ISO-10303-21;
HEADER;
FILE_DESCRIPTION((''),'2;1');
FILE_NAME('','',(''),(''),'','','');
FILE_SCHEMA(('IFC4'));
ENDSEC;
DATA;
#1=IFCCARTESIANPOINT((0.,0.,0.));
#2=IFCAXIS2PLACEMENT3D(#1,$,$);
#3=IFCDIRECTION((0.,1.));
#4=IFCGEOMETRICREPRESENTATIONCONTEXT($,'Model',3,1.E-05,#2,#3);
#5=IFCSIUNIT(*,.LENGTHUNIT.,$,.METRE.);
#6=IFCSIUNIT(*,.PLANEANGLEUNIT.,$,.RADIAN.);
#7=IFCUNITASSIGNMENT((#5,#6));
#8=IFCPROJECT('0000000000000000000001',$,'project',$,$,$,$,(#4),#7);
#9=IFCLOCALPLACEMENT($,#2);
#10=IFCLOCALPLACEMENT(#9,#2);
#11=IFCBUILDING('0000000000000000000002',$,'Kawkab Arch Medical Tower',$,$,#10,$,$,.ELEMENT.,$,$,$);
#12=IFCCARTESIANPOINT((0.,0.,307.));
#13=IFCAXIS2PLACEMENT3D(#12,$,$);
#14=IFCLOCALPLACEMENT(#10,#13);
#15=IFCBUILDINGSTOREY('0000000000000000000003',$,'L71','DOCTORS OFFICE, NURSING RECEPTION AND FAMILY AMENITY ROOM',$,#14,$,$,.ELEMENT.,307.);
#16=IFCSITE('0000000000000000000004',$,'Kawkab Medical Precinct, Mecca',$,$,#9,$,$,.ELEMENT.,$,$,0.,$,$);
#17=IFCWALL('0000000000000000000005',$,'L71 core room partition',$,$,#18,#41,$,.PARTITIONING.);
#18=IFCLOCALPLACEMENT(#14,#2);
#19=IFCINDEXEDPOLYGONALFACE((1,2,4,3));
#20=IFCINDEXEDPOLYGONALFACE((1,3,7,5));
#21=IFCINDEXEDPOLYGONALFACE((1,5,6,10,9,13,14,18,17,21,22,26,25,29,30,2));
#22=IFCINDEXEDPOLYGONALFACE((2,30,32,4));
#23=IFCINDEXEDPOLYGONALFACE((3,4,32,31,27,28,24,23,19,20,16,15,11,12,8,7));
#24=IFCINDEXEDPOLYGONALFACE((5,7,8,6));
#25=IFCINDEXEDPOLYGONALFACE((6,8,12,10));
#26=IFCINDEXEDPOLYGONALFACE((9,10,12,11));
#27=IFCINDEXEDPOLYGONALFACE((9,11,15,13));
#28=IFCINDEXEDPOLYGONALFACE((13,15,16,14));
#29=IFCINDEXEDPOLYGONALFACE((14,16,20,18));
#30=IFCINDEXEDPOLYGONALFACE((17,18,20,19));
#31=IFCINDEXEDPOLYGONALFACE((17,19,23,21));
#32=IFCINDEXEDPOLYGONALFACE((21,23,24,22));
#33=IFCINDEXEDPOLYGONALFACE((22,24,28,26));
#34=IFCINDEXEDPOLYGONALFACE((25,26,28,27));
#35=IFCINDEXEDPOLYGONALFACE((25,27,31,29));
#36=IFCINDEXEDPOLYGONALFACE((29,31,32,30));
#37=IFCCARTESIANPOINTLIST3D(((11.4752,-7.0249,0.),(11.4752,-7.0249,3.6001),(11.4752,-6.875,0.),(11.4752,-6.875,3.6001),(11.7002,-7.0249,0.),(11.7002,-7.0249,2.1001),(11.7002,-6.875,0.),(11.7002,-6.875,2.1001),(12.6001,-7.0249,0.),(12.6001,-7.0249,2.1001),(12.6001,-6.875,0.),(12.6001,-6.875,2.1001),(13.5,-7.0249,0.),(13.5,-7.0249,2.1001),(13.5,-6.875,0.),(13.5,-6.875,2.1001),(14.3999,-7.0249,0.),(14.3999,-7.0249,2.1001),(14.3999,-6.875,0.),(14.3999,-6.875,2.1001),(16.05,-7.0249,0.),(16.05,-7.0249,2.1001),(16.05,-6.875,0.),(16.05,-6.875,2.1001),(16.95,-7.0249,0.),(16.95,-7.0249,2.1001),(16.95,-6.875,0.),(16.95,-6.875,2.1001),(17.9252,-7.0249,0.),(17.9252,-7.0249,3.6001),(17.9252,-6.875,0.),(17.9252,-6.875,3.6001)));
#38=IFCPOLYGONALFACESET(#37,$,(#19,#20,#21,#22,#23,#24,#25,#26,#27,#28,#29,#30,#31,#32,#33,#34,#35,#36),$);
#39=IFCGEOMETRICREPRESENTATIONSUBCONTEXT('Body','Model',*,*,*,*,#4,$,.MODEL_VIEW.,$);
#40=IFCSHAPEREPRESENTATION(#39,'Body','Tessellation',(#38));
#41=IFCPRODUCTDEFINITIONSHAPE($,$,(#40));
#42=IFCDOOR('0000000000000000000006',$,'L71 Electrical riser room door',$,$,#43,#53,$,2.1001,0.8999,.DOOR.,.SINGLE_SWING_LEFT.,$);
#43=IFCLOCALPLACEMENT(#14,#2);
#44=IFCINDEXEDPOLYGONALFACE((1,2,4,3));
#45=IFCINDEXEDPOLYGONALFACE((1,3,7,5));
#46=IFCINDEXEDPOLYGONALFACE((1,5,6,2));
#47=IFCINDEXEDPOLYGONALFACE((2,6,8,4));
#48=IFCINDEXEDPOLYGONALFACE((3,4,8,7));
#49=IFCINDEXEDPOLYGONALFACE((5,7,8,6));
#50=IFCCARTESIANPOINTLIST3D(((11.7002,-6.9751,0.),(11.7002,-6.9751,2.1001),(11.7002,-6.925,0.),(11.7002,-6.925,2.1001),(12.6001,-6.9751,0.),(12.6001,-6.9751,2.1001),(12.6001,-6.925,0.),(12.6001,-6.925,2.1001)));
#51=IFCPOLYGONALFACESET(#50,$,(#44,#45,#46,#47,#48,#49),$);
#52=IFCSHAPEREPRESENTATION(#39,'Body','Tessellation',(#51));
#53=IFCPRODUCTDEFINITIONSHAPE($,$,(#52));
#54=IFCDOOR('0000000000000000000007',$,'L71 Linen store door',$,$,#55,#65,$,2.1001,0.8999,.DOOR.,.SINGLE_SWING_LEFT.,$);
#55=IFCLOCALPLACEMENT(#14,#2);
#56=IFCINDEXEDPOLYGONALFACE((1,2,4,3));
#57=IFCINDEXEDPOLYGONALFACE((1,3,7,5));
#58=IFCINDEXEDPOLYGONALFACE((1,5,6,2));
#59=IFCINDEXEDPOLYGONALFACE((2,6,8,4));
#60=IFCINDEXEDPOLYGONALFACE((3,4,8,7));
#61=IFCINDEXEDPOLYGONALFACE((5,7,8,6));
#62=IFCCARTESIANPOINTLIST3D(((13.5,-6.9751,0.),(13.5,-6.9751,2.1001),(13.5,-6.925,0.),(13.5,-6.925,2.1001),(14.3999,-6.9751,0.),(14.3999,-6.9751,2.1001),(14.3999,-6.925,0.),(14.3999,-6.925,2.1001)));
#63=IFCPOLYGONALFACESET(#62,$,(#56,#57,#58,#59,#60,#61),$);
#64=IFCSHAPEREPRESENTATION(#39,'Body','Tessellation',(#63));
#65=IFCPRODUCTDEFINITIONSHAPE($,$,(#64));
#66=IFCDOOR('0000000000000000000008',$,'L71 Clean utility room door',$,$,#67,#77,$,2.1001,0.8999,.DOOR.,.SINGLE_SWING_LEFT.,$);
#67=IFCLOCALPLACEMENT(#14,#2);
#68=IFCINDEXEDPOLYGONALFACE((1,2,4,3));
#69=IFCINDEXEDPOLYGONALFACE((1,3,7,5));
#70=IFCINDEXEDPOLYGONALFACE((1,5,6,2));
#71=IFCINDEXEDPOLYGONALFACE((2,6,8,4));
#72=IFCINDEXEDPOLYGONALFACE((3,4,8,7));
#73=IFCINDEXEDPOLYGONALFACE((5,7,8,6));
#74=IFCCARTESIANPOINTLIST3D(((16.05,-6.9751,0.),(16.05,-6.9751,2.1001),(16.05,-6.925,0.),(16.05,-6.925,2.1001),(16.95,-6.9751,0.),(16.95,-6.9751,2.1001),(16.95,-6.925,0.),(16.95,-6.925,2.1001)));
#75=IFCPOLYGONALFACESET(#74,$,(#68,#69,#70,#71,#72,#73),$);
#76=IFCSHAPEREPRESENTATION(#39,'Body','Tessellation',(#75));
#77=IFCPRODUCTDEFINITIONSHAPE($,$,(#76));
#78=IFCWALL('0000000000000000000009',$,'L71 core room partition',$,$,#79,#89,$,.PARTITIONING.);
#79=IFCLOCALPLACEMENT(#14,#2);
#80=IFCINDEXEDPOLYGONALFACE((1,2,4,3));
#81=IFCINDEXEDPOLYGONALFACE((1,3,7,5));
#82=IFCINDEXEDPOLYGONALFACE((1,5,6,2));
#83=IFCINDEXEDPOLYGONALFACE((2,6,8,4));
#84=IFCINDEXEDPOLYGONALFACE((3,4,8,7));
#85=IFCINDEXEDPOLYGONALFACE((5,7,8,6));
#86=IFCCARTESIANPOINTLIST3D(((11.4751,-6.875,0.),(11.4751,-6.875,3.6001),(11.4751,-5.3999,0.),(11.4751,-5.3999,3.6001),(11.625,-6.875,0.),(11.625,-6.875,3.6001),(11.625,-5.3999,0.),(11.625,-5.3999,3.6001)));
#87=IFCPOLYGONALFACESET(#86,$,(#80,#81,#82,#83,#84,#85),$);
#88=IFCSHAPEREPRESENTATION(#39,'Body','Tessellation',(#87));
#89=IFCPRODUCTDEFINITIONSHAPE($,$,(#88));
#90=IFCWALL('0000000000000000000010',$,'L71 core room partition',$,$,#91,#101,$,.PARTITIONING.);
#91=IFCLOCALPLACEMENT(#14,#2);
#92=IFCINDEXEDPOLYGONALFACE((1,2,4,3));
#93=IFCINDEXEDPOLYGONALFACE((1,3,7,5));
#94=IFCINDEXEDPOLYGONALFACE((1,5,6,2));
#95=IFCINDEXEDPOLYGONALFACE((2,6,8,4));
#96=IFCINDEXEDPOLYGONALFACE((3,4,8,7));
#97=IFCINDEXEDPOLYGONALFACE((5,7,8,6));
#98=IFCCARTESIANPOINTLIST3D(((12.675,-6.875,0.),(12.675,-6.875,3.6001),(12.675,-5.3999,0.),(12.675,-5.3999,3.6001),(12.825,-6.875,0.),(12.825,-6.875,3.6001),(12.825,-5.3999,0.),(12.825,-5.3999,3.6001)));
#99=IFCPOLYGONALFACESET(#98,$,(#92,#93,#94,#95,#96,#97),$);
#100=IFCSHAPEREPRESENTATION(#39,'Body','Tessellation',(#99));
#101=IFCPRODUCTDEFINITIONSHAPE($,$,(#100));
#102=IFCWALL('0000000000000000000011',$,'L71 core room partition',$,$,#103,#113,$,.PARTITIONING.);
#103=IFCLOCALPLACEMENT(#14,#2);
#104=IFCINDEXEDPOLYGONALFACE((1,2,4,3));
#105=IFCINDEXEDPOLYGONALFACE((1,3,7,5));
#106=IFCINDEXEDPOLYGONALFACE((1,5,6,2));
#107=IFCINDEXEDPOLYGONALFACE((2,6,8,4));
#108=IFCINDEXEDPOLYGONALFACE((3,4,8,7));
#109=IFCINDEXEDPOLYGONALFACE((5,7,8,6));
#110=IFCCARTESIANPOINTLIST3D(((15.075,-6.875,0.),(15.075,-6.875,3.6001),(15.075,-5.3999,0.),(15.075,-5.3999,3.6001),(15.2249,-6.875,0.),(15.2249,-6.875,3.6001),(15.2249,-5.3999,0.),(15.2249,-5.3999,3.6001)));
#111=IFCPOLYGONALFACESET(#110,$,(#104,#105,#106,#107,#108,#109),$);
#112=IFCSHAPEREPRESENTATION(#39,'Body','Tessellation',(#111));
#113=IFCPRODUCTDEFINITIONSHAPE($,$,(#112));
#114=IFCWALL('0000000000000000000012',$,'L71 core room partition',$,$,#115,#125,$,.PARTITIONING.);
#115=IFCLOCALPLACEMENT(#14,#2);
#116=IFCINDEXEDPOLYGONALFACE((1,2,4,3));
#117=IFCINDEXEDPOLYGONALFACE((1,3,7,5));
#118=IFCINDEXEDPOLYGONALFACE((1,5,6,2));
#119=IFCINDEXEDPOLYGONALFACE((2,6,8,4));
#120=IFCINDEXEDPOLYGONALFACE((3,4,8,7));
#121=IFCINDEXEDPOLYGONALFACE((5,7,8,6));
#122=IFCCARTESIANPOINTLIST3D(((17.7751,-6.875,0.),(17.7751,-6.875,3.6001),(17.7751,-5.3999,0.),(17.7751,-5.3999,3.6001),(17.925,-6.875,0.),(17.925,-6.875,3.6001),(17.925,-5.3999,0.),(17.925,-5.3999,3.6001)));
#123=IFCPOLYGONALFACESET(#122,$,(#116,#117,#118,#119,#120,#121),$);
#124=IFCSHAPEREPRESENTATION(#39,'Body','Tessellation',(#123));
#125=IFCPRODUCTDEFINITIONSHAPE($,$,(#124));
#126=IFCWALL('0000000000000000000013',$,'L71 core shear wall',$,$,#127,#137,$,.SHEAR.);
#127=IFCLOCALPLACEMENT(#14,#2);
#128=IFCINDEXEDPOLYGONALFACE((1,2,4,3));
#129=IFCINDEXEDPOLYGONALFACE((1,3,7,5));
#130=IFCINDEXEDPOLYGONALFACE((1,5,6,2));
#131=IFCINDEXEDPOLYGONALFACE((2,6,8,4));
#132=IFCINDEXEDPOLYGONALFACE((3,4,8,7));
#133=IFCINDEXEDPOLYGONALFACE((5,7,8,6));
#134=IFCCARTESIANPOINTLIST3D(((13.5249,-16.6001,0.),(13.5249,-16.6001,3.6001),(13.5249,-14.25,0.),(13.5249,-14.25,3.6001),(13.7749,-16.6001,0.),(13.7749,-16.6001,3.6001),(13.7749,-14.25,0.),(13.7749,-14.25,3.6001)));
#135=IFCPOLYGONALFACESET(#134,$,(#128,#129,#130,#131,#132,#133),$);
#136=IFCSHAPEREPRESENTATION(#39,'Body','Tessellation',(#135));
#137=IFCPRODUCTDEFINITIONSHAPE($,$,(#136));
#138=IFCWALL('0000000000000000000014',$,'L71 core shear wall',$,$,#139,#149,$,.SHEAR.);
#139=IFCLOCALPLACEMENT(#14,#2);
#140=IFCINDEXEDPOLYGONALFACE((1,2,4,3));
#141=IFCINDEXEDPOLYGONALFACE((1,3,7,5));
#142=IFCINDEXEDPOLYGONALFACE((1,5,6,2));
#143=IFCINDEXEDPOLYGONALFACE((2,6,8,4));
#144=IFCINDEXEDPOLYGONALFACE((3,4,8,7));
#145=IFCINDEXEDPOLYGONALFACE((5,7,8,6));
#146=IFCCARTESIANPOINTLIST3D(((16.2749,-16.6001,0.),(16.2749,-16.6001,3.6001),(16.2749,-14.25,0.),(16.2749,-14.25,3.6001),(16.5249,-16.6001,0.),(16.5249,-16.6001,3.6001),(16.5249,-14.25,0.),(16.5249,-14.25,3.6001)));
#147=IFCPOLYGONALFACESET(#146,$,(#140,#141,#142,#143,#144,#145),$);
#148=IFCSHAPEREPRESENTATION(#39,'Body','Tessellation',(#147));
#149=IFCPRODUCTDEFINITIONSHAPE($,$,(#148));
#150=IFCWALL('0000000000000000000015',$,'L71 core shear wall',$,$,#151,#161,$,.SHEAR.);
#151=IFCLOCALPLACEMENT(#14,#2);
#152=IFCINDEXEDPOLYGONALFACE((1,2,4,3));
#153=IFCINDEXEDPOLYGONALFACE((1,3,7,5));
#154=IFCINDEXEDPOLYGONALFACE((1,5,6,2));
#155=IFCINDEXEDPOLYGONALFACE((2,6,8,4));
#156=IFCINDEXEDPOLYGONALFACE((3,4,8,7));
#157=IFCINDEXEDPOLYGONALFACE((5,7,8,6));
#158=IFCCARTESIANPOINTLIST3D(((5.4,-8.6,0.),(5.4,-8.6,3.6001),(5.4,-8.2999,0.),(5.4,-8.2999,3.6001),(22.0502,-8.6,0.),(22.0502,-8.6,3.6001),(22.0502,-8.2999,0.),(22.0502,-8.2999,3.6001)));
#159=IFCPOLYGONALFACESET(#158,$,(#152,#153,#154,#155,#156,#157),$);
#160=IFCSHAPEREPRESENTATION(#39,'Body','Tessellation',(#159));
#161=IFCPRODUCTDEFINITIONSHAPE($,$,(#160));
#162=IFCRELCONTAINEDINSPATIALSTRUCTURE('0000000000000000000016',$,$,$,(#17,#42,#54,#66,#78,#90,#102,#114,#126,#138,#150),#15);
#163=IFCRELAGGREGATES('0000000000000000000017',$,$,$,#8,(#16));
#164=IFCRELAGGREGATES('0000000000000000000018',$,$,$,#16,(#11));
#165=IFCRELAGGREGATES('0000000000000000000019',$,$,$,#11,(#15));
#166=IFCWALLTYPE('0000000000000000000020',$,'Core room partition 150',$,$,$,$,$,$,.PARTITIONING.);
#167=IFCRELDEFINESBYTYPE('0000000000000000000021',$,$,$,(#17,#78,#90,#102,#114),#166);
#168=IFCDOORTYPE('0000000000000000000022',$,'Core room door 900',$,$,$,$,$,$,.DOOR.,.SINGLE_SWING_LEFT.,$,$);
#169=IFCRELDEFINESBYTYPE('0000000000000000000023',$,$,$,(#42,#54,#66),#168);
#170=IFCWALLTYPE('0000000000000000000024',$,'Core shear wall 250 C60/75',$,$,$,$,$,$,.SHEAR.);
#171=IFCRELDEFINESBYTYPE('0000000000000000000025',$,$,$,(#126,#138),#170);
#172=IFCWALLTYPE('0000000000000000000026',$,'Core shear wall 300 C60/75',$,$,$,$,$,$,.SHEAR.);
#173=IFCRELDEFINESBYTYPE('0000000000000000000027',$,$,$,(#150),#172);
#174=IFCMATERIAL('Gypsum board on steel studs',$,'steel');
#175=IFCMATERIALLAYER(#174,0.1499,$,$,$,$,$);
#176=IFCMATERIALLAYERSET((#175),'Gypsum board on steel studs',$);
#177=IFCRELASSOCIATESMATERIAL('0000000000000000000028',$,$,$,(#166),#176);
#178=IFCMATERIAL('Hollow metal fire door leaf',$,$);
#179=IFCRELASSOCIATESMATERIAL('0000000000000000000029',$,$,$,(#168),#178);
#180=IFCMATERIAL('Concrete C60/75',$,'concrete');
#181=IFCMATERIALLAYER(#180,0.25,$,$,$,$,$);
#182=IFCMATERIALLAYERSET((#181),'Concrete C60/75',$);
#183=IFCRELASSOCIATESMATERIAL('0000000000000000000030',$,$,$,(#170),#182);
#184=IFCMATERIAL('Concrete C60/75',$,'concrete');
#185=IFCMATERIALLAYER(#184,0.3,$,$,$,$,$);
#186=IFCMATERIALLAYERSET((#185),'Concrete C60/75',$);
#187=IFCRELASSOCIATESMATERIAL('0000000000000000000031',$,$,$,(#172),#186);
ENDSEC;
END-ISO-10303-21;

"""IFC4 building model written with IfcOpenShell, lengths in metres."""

from ifc_helpers import new_model, si_unit, direction, frame, frame_2d, origin, place, context, subcontext, project, spatial, rectangle, extrude, material, layer, layer_set, type_object, element, fill, save


model = new_model("IFC4")

# Units and contexts
model_context = context("Model", 3, precision=1e-05, world=origin(), true_north=direction((0.0, 1.0)))
body_context = subcontext(model_context, "Body", "Model", "MODEL_VIEW")
ifc_project = project(units=[si_unit("LENGTHUNIT", "METRE"), si_unit("PLANEANGLEUNIT", "RADIAN")], contexts=[model_context])

# Site, building, storey
site_placement = place(None, origin())
site = spatial("IfcSite", under=ifc_project, at=site_placement, Name="Kawkab Medical Precinct, Mecca", CompositionType="ELEMENT", RefElevation=0.0)
building_placement = place(site_placement, origin())
building = spatial("IfcBuilding", under=site, at=building_placement, Name="Kawkab Arch Medical Tower", CompositionType="ELEMENT")
storey_placement = place(building_placement, frame((0.0, 0.0, 307.0)))
storey = spatial("IfcBuildingStorey", under=building, at=storey_placement, Name="L71", Description="DOCTORS OFFICE, NURSING RECEPTION AND FAMILY AMENITY ROOM", CompositionType="ELEMENT", Elevation=307.0)

# Wall, openings, doors
ifc_material_1 = material(Name="Gypsum board on steel studs", Category="steel")
ifc_layer_1 = layer(ifc_material_1, 0.1499)
ifc_layer_set_1 = layer_set([ifc_layer_1], Name="Gypsum board on steel studs")
wall_type_1 = type_object("IfcWallType", Name="Core room partition 150", PredefinedType="PARTITIONING", material=ifc_layer_set_1)
wall_1_placement = place(storey_placement, frame((11.4751, -6.95, 0.0), z_axis=(0.0, 0.0, 1.0), x_axis=(1.0, 0.0, 0.0)))
wall_1 = element("IfcWall", 1, at=wall_1_placement, inside=storey, type_object=wall_type_1, Name="L71 core room partition", PredefinedType="PARTITIONING", context=body_context, shape_type="SweptSolid", body=[
    extrude(rectangle(XDim=6.45, YDim=0.1499, at=frame_2d((3.2251, 0.0))), origin(), (0.0, 0.0, 1.0), 3.6001),
])
opening_1_placement = place(wall_1_placement, frame((0.2251, 0.0, 0.0)))
opening_1 = element("IfcOpeningElement", 2, at=opening_1_placement, cuts=wall_1, PredefinedType="OPENING", context=body_context, shape_type="SweptSolid", body=[
    extrude(rectangle(XDim=0.8999, YDim=2.1001, at=frame_2d((0.45, 1.05))), frame((0.0, 0.085, 0.0), z_axis=(0.0, -1.0, 0.0), x_axis=(1.0, 0.0, 0.0)), (0.0, 0.0, 1.0), 0.1699),
])
opening_2_placement = place(wall_1_placement, frame((2.0249, 0.0, 0.0)))
opening_2 = element("IfcOpeningElement", 3, at=opening_2_placement, cuts=wall_1, PredefinedType="OPENING", context=body_context, shape_type="SweptSolid", body=[
    extrude(rectangle(XDim=0.8999, YDim=2.1001, at=frame_2d((0.45, 1.05))), frame((0.0, 0.085, 0.0), z_axis=(0.0, -1.0, 0.0), x_axis=(1.0, 0.0, 0.0)), (0.0, 0.0, 1.0), 0.1699),
])
opening_3_placement = place(wall_1_placement, frame((4.575, 0.0, 0.0)))
opening_3 = element("IfcOpeningElement", 4, at=opening_3_placement, cuts=wall_1, PredefinedType="OPENING", context=body_context, shape_type="SweptSolid", body=[
    extrude(rectangle(XDim=0.8999, YDim=2.1001, at=frame_2d((0.45, 1.05))), frame((0.0, 0.085, 0.0), z_axis=(0.0, -1.0, 0.0), x_axis=(1.0, 0.0, 0.0)), (0.0, 0.0, 1.0), 0.1699),
])
ifc_material_2 = material(Name="Hollow metal fire door leaf")
door_type = type_object("IfcDoorType", Name="Core room door 900", OperationType="SINGLE_SWING_LEFT", PredefinedType="DOOR", material=ifc_material_2)
door_1_placement = place(opening_1_placement, origin())
door_1 = element("IfcDoor", 5, at=door_1_placement, inside=storey, type_object=door_type, Name="L71 Electrical riser room door", OperationType="SINGLE_SWING_LEFT", OverallHeight=2.1001, OverallWidth=0.8999, PredefinedType="DOOR", context=body_context, shape_type="SweptSolid", body=[
    extrude(rectangle(XDim=0.8999, YDim=2.1001, at=frame_2d((0.45, 1.05))), frame((0.0, 0.0249, 0.0), z_axis=(0.0, -1.0, 0.0), x_axis=(1.0, 0.0, 0.0)), (0.0, 0.0, 1.0), 0.05),
])
fill(opening_1, door_1)
door_2_placement = place(opening_2_placement, origin())
door_2 = element("IfcDoor", 6, at=door_2_placement, inside=storey, type_object=door_type, Name="L71 Linen store door", OperationType="SINGLE_SWING_LEFT", OverallHeight=2.1001, OverallWidth=0.8999, PredefinedType="DOOR", context=body_context, shape_type="SweptSolid", body=[
    extrude(rectangle(XDim=0.8999, YDim=2.1001, at=frame_2d((0.45, 1.05))), frame((0.0, 0.0249, 0.0), z_axis=(0.0, -1.0, 0.0), x_axis=(1.0, 0.0, 0.0)), (0.0, 0.0, 1.0), 0.05),
])
fill(opening_2, door_2)
door_3_placement = place(opening_3_placement, origin())
door_3 = element("IfcDoor", 7, at=door_3_placement, inside=storey, type_object=door_type, Name="L71 Clean utility room door", OperationType="SINGLE_SWING_LEFT", OverallHeight=2.1001, OverallWidth=0.8999, PredefinedType="DOOR", context=body_context, shape_type="SweptSolid", body=[
    extrude(rectangle(XDim=0.8999, YDim=2.1001, at=frame_2d((0.45, 1.05))), frame((0.0, 0.0249, 0.0), z_axis=(0.0, -1.0, 0.0), x_axis=(1.0, 0.0, 0.0)), (0.0, 0.0, 1.0), 0.05),
])
fill(opening_3, door_3)

# Walls
for number, where, z_axis, x_axis, name in (
    (8, (11.55, -6.875, 0.0), (0.0, 0.0, 1.0), (0.0, 1.0, 0.0), "L71 core room partition"),
    (9, (12.75, -6.875, 0.0), (0.0, 0.0, 1.0), (0.0, 1.0, 0.0), "L71 core room partition"),
    (10, (15.1499, -6.875, 0.0), (0.0, 0.0, 1.0), (0.0, 1.0, 0.0), "L71 core room partition"),
    (11, (17.8501, -6.875, 0.0), (0.0, 0.0, 1.0), (0.0, 1.0, 0.0), "L71 core room partition"),
):
    element("IfcWall", number, at=place(storey_placement, frame(where, z_axis=z_axis, x_axis=x_axis)), inside=storey, type_object=wall_type_1, Name=name, PredefinedType="PARTITIONING", context=body_context, shape_type="SweptSolid", body=[
        extrude(rectangle(XDim=1.4751, YDim=0.1499, at=frame_2d((0.7375, 0.0))), origin(), (0.0, 0.0, 1.0), 3.6001),
    ])
ifc_material_3 = material(Name="Concrete C60/75", Category="concrete")
ifc_layer_2 = layer(ifc_material_3, 0.25)
ifc_layer_set_2 = layer_set([ifc_layer_2], Name="Concrete C60/75")
wall_type_2 = type_object("IfcWallType", Name="Core shear wall 250 C60/75", PredefinedType="SHEAR", material=ifc_layer_set_2)
for number, where, z_axis, x_axis, name in (
    (12, (13.6499, -16.6001, 0.0), (0.0, 0.0, 1.0), (0.0, 1.0, 0.0), "L71 core shear wall"),
    (13, (16.3999, -16.6001, 0.0), (0.0, 0.0, 1.0), (0.0, 1.0, 0.0), "L71 core shear wall"),
):
    element("IfcWall", number, at=place(storey_placement, frame(where, z_axis=z_axis, x_axis=x_axis)), inside=storey, type_object=wall_type_2, Name=name, PredefinedType="SHEAR", context=body_context, shape_type="SweptSolid", body=[
        extrude(rectangle(XDim=2.3501, YDim=0.25, at=frame_2d((1.175, 0.0))), origin(), (0.0, 0.0, 1.0), 3.6001),
    ])
ifc_material_4 = material(Name="Concrete C60/75", Category="concrete")
ifc_layer_3 = layer(ifc_material_4, 0.3)
ifc_layer_set_3 = layer_set([ifc_layer_3], Name="Concrete C60/75")
wall_type_3 = type_object("IfcWallType", Name="Core shear wall 300 C60/75", PredefinedType="SHEAR", material=ifc_layer_set_3)
wall_2_placement = place(storey_placement, frame((5.3999, -8.45, 0.0), z_axis=(0.0, 0.0, 1.0), x_axis=(1.0, 0.0, 0.0)))
element("IfcWall", 14, at=wall_2_placement, inside=storey, type_object=wall_type_3, Name="L71 core shear wall", PredefinedType="SHEAR", context=body_context, shape_type="SweptSolid", body=[
    extrude(rectangle(XDim=16.6501, YDim=0.3, at=frame_2d((8.3252, 0.0))), origin(), (0.0, 0.0, 1.0), 3.6001),
])

save(model, "model.ifc")
